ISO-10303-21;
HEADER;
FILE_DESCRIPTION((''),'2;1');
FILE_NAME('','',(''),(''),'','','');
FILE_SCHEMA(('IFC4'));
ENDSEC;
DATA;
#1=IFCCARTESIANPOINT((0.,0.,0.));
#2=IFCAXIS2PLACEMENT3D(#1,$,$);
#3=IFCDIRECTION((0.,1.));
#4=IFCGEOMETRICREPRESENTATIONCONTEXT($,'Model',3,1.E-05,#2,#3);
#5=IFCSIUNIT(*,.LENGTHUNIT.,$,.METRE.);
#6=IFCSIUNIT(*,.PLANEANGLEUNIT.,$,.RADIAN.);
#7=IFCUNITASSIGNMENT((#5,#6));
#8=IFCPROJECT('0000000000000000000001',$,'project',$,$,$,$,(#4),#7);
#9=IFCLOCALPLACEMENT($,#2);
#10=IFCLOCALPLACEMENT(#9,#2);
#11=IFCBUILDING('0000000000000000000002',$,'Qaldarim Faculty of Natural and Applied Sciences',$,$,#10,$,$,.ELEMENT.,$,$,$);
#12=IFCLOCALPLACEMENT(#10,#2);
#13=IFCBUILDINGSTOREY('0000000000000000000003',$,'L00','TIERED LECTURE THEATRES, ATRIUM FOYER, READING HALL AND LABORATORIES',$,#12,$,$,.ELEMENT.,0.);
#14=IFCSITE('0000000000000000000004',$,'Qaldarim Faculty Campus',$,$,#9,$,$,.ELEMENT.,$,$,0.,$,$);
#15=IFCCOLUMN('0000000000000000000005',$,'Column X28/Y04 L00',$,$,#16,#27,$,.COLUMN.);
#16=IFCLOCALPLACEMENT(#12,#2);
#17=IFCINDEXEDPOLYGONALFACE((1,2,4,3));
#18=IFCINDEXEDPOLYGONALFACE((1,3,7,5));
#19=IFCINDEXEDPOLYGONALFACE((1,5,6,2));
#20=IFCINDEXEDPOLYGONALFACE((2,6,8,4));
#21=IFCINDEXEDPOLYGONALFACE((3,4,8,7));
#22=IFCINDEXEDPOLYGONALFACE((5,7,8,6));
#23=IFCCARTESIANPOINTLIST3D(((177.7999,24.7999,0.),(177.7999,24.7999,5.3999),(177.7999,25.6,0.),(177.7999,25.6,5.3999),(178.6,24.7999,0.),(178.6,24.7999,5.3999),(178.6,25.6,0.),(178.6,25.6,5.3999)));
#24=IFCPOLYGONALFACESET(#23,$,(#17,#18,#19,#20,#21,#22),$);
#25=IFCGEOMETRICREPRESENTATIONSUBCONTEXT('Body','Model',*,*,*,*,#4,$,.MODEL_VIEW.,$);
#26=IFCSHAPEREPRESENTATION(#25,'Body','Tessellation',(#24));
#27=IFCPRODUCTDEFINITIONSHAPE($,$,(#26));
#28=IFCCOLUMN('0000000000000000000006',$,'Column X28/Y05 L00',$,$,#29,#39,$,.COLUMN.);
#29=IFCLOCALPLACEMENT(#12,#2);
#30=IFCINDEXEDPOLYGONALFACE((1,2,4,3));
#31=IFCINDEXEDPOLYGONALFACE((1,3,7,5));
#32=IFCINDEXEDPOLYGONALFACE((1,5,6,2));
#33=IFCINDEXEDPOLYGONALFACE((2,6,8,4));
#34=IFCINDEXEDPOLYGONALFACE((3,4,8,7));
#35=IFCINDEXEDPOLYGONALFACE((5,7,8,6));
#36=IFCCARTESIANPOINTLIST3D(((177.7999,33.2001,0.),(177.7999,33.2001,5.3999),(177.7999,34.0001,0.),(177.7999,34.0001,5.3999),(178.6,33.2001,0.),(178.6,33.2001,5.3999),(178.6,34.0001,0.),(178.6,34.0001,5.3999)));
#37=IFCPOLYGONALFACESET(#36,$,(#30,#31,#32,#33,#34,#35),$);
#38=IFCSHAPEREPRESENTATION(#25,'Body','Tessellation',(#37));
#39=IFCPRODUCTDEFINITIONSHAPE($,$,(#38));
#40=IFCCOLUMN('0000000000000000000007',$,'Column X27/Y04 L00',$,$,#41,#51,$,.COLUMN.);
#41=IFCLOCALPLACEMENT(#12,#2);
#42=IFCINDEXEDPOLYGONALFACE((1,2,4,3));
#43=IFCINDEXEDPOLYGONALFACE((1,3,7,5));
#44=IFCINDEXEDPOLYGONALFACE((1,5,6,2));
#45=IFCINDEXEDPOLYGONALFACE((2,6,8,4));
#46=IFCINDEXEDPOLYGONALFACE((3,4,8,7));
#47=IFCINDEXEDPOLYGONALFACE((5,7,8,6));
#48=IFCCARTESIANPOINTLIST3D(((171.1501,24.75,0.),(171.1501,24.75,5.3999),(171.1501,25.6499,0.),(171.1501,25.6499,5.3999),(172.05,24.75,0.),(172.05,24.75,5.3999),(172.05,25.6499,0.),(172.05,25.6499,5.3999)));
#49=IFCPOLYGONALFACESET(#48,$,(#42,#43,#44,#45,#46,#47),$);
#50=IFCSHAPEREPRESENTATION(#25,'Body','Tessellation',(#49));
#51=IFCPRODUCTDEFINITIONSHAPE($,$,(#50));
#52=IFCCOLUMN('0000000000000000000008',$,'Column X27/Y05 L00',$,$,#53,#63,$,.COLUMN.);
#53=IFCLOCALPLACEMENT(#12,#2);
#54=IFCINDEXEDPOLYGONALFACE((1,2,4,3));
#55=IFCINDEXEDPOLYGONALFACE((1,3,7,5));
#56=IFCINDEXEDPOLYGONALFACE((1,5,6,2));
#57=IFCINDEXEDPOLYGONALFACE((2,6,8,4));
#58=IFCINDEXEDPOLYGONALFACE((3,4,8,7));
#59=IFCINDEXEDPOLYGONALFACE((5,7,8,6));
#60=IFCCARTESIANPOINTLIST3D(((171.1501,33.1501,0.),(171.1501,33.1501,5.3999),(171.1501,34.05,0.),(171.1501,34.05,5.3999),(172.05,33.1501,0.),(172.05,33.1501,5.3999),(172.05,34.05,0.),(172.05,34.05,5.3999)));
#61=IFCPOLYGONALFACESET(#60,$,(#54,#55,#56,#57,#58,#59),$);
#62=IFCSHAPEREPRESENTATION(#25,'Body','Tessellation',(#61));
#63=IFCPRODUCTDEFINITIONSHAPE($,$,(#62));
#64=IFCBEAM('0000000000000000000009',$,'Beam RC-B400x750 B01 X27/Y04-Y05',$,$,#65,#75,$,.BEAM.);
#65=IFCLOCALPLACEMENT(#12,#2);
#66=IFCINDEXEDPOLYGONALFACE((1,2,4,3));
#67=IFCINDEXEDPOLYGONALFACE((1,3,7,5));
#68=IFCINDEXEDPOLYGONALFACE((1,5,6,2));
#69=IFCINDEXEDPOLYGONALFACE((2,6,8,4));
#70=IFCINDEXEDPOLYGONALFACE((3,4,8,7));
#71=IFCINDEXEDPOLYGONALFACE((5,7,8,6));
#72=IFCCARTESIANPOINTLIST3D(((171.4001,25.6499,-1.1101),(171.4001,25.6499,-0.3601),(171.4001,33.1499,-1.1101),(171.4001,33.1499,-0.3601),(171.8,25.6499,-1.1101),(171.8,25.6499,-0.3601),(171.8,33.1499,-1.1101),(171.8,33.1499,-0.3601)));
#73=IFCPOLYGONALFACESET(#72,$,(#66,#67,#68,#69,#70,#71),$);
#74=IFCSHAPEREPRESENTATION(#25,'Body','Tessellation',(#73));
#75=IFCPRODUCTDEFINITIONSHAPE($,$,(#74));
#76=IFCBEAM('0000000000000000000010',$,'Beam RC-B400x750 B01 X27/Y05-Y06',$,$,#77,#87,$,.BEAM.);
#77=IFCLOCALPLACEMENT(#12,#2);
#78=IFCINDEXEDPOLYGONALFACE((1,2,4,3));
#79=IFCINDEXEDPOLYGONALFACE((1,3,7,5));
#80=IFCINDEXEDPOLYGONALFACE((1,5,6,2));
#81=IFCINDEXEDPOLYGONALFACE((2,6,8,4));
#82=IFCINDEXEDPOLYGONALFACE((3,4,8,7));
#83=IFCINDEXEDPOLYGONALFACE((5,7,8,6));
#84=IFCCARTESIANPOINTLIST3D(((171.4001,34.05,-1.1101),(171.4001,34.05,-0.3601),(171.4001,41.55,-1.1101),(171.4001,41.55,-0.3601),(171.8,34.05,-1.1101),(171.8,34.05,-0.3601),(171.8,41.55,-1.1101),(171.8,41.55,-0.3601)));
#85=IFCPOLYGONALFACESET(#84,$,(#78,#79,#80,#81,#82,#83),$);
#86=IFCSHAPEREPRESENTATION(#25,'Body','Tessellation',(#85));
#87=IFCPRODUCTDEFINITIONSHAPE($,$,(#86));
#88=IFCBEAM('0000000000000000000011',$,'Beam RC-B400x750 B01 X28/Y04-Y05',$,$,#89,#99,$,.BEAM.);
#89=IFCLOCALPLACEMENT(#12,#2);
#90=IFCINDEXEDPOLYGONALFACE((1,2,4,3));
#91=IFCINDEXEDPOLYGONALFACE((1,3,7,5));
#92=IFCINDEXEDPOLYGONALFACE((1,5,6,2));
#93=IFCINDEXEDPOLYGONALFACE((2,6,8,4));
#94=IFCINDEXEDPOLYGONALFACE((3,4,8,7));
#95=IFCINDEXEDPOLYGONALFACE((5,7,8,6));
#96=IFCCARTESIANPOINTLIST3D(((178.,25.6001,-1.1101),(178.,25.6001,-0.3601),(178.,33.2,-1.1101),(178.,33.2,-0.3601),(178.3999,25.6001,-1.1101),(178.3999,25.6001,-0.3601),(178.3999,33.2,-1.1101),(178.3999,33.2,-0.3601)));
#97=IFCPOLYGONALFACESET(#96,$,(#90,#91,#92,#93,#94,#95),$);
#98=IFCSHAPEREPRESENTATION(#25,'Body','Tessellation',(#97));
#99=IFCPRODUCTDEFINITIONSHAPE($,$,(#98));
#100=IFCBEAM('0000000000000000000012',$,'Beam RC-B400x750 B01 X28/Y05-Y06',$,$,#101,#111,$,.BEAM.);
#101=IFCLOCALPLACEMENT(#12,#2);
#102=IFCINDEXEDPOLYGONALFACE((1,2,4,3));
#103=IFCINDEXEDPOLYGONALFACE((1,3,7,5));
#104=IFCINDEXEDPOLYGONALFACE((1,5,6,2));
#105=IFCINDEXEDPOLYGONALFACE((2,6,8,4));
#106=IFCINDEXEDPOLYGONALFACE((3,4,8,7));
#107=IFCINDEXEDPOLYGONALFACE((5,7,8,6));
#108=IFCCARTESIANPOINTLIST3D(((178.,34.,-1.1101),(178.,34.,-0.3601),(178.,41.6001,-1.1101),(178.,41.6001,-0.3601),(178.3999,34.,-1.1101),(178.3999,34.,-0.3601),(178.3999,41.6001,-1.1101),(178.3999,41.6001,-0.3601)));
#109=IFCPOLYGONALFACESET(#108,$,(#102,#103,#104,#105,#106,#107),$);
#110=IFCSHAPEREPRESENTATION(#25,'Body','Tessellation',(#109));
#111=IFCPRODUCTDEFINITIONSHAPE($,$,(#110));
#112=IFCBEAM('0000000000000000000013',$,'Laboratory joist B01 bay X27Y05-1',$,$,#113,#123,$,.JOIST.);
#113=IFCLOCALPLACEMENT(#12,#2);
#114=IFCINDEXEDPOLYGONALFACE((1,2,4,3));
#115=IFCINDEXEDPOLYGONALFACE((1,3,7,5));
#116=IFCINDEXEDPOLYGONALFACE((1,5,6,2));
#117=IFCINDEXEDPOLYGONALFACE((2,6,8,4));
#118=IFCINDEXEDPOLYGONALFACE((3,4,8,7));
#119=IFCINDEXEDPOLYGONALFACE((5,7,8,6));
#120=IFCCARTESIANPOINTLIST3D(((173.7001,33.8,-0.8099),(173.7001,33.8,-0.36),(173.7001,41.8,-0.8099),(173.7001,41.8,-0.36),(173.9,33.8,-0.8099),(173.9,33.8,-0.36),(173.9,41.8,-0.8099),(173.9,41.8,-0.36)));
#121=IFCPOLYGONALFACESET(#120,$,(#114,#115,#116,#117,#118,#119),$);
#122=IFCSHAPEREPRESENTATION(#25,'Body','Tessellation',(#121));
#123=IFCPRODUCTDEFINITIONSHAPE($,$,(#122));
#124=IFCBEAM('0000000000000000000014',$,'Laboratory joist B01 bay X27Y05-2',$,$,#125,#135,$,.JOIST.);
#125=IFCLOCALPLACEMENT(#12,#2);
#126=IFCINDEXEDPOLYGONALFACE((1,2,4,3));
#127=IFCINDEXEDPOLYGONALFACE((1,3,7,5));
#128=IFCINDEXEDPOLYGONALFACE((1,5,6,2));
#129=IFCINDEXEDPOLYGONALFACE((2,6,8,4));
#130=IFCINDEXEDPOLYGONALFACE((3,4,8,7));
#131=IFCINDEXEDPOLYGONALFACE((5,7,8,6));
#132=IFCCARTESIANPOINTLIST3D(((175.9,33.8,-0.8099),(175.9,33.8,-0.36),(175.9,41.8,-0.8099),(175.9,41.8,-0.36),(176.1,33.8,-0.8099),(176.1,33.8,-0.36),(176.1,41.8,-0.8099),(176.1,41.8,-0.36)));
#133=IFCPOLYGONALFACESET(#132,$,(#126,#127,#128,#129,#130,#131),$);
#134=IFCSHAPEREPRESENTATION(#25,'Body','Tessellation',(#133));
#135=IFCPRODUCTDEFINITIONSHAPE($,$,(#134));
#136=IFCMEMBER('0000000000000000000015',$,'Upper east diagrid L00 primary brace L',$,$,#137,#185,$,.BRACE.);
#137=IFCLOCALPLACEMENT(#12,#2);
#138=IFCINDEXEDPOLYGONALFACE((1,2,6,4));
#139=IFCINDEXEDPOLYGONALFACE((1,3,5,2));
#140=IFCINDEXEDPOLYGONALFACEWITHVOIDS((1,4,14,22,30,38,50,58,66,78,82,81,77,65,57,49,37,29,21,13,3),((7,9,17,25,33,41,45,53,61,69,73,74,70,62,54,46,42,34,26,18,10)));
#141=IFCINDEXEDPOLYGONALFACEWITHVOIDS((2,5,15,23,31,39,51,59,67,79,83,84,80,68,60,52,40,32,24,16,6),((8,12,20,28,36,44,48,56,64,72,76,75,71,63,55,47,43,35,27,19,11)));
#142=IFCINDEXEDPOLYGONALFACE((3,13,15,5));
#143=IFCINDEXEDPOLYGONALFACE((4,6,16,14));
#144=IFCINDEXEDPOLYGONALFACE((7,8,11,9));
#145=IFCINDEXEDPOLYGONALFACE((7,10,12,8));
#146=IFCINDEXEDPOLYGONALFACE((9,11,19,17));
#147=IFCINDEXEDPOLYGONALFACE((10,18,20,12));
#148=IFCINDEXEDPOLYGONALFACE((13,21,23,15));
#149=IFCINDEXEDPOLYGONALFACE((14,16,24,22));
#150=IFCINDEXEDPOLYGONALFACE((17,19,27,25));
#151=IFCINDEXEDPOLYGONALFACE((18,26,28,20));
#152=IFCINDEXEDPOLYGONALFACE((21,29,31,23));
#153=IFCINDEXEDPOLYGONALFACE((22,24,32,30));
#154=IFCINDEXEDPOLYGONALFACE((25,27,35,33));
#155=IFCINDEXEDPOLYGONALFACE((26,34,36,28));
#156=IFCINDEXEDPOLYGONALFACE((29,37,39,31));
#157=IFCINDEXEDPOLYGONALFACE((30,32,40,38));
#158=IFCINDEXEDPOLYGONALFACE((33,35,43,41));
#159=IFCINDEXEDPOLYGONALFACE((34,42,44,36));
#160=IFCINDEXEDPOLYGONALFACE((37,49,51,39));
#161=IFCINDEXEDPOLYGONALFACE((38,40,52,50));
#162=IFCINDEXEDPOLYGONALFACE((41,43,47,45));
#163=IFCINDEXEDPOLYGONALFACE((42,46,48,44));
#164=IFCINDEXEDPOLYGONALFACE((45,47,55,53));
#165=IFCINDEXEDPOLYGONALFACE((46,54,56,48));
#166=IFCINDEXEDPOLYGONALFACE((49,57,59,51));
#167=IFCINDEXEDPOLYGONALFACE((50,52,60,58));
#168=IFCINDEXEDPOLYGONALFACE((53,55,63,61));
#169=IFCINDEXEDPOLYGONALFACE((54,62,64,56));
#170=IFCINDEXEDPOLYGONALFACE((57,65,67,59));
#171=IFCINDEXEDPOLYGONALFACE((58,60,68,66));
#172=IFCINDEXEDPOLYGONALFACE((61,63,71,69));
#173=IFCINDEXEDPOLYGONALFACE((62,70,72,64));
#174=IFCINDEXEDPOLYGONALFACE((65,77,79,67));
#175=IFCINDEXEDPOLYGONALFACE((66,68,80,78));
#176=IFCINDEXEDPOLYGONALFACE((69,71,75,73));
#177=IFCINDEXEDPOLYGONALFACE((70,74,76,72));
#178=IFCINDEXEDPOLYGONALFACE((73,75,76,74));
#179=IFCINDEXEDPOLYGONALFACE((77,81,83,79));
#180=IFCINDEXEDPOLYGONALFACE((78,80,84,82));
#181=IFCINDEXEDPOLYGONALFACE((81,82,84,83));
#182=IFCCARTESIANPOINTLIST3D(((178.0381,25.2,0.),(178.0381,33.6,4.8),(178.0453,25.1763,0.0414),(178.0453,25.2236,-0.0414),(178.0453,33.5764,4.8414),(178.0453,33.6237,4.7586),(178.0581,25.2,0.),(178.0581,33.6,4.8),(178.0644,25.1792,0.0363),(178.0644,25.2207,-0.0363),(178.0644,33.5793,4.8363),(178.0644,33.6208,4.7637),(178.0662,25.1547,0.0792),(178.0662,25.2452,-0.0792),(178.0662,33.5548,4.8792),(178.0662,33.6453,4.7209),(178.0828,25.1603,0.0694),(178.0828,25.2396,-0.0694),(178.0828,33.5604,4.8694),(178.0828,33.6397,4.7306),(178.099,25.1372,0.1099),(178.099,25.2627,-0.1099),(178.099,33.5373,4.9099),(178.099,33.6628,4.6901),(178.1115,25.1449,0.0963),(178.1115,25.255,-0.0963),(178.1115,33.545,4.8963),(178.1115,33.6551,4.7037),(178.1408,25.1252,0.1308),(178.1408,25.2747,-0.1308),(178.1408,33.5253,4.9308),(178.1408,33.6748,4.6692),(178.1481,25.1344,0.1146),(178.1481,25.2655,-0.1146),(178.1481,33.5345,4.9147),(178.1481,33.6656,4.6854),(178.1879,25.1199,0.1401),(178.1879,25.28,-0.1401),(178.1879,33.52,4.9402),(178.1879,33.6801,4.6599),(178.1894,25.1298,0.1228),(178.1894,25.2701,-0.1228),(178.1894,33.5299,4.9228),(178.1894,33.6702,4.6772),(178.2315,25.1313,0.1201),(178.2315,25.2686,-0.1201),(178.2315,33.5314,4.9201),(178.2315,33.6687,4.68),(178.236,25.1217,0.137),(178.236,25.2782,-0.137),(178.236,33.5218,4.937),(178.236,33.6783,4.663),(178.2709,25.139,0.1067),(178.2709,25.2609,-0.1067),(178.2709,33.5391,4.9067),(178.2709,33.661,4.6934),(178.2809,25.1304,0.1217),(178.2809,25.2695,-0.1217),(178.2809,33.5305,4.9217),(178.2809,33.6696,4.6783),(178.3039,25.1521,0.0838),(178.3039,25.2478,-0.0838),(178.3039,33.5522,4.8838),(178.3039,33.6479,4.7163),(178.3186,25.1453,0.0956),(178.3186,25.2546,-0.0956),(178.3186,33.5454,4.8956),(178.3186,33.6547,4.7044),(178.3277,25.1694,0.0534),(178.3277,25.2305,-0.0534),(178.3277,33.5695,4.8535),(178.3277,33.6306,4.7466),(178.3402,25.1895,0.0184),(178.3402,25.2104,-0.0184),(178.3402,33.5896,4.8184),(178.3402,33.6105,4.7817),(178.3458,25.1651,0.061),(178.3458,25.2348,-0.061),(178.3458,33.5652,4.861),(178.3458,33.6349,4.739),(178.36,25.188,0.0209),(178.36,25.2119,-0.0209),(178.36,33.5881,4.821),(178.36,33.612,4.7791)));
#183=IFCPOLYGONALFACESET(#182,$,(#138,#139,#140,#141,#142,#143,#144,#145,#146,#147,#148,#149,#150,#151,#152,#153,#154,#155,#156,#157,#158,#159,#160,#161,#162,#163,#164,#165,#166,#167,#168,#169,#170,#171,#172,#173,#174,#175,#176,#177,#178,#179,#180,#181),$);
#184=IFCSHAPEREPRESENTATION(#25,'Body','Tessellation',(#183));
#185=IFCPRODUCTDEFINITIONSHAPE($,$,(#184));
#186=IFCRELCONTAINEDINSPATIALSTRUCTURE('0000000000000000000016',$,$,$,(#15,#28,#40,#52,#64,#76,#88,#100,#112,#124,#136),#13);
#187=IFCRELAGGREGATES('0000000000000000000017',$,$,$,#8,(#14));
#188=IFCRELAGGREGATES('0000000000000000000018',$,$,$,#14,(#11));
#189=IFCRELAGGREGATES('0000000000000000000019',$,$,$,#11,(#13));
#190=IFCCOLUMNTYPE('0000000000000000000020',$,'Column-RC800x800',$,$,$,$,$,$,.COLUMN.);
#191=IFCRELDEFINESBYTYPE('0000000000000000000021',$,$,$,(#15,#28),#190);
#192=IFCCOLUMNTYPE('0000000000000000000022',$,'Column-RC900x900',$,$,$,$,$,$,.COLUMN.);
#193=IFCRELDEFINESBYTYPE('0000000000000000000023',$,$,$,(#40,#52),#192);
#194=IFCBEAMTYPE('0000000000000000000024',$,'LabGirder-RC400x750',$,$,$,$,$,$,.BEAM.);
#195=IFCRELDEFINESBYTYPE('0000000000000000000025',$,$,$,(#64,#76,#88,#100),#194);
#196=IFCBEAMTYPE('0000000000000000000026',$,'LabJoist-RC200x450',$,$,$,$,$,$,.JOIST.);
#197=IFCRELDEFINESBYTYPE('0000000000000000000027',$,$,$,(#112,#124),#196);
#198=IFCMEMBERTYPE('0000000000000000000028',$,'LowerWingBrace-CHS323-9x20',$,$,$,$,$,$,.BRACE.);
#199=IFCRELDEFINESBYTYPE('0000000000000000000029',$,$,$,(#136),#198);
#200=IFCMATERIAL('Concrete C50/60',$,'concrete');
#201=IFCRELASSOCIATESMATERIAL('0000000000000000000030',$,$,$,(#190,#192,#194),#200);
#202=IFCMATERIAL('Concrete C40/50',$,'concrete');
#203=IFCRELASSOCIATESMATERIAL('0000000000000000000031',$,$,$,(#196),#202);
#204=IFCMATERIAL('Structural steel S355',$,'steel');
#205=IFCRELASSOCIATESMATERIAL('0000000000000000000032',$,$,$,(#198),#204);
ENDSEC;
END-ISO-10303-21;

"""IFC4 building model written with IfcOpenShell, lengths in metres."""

from ifc_helpers import new_model, si_unit, direction, frame, origin, origin_2d, place, context, subcontext, project, spatial, rectangle, hollow_circle, extrude, material, material_profile, profile_set, type_object, element, save


model = new_model("IFC4")

# Units and contexts
model_context = context("Model", 3, precision=1e-05, world=origin(), true_north=direction((0.0, 1.0)))
body_context = subcontext(model_context, "Body", "Model", "MODEL_VIEW")
ifc_project = project(units=[si_unit("LENGTHUNIT", "METRE"), si_unit("PLANEANGLEUNIT", "RADIAN")], contexts=[model_context])

# Site, building, storey
site_placement = place(None, origin())
site = spatial("IfcSite", under=ifc_project, at=site_placement, Name="Qaldarim Faculty Campus", CompositionType="ELEMENT", RefElevation=0.0)
building_placement = place(site_placement, origin())
building = spatial("IfcBuilding", under=site, at=building_placement, Name="Qaldarim Faculty of Natural and Applied Sciences", CompositionType="ELEMENT")
storey_placement = place(building_placement, origin())
storey = spatial("IfcBuildingStorey", under=building, at=storey_placement, Name="L00", Description="TIERED LECTURE THEATRES, ATRIUM FOYER, READING HALL AND LABORATORIES", CompositionType="ELEMENT", Elevation=0.0)

# Columns
ifc_material_1 = material(Name="Concrete C50/60", Category="concrete")
ifc_material_profile_1 = material_profile(ifc_material_1, rectangle(XDim=0.8, YDim=0.8, at=origin_2d()), Name="RC-C800x800")
ifc_profile_set_1 = profile_set([ifc_material_profile_1], Name="Concrete C50/60")
column_type_1 = type_object("IfcColumnType", Name="Column-RC800x800", PredefinedType="COLUMN", material=ifc_profile_set_1)
for number, where, z_axis, x_axis, name in (
    (1, (178.2, 25.2, 0.0), (0.0, 0.0, 1.0), (1.0, 0.0, 0.0), "Column X28/Y04 L00"),
    (2, (178.2, 33.6001, 0.0), (0.0, 0.0, 1.0), (1.0, 0.0, 0.0), "Column X28/Y05 L00"),
):
    element("IfcColumn", number, at=place(storey_placement, frame(where, z_axis=z_axis, x_axis=x_axis)), inside=storey, type_object=column_type_1, Name=name, PredefinedType="COLUMN", context=body_context, shape_type="SweptSolid", body=[
        extrude(rectangle(XDim=0.8, YDim=0.8, at=origin_2d()), origin(), (0.0, 0.0, 1.0), 5.3999),
    ])
ifc_material_profile_2 = material_profile(ifc_material_1, rectangle(XDim=0.8999, YDim=0.8999, at=origin_2d()), Name="RC-C900x900")
ifc_profile_set_2 = profile_set([ifc_material_profile_2], Name="Concrete C50/60")
column_type_2 = type_object("IfcColumnType", Name="Column-RC900x900", PredefinedType="COLUMN", material=ifc_profile_set_2)
for number, where, z_axis, x_axis, name in (
    (3, (171.6001, 25.2, 0.0), (0.0, 0.0, 1.0), (1.0, 0.0, 0.0), "Column X27/Y04 L00"),
    (4, (171.6001, 33.6001, 0.0), (0.0, 0.0, 1.0), (1.0, 0.0, 0.0), "Column X27/Y05 L00"),
):
    element("IfcColumn", number, at=place(storey_placement, frame(where, z_axis=z_axis, x_axis=x_axis)), inside=storey, type_object=column_type_2, Name=name, PredefinedType="COLUMN", context=body_context, shape_type="SweptSolid", body=[
        extrude(rectangle(XDim=0.8999, YDim=0.8999, at=origin_2d()), origin(), (0.0, 0.0, 1.0), 5.3999),
    ])

# Beams
ifc_material_profile_3 = material_profile(ifc_material_1, rectangle(XDim=0.3999, YDim=0.75, at=origin_2d()), Name="RC-B400x750")
ifc_profile_set_3 = profile_set([ifc_material_profile_3], Name="Concrete C50/60")
beam_type_1 = type_object("IfcBeamType", Name="LabGirder-RC400x750", PredefinedType="BEAM", material=ifc_profile_set_3)
for number, where, z_axis, x_axis, name in (
    (5, (171.6001, 25.6499, -0.7351), (0.0, 1.0, 0.0), (-1.0, 0.0, 0.0), "Beam RC-B400x750 B01 X27/Y04-Y05"),
    (6, (171.6001, 34.05, -0.7351), (0.0, 1.0, 0.0), (-1.0, 0.0, 0.0), "Beam RC-B400x750 B01 X27/Y05-Y06"),
):
    element("IfcBeam", number, at=place(storey_placement, frame(where, z_axis=z_axis, x_axis=x_axis)), inside=storey, type_object=beam_type_1, Name=name, PredefinedType="BEAM", context=body_context, shape_type="SweptSolid", body=[
        extrude(rectangle(XDim=0.3999, YDim=0.75, at=origin_2d()), origin(), (0.0, 0.0, 1.0), 7.5),
    ])
beam_1_placement = place(storey_placement, frame((178.2, 25.6001, -0.7351), z_axis=(0.0, 1.0, 0.0), x_axis=(-1.0, 0.0, 0.0)))
element("IfcBeam", 7, at=beam_1_placement, inside=storey, type_object=beam_type_1, Name="Beam RC-B400x750 B01 X28/Y04-Y05", PredefinedType="BEAM", context=body_context, shape_type="SweptSolid", body=[
    extrude(rectangle(XDim=0.3999, YDim=0.75, at=origin_2d()), origin(), (0.0, 0.0, 1.0), 7.5999),
])
beam_2_placement = place(storey_placement, frame((178.2, 34.0, -0.7351), z_axis=(0.0, 1.0, 0.0), x_axis=(-1.0, 0.0, 0.0)))
element("IfcBeam", 8, at=beam_2_placement, inside=storey, type_object=beam_type_1, Name="Beam RC-B400x750 B01 X28/Y05-Y06", PredefinedType="BEAM", context=body_context, shape_type="SweptSolid", body=[
    extrude(rectangle(XDim=0.3999, YDim=0.75, at=origin_2d()), origin(), (0.0, 0.0, 1.0), 7.6001),
])
ifc_material_2 = material(Name="Concrete C40/50", Category="concrete")
ifc_material_profile_4 = material_profile(ifc_material_2, rectangle(XDim=0.2, YDim=0.45, at=origin_2d()), Name="RC-J200x450")
ifc_profile_set_4 = profile_set([ifc_material_profile_4], Name="Concrete C40/50")
beam_type_2 = type_object("IfcBeamType", Name="LabJoist-RC200x450", PredefinedType="JOIST", material=ifc_profile_set_4)
for number, where, z_axis, x_axis, name in (
    (9, (173.8, 33.8, -0.585), (0.0, 1.0, 0.0), (-1.0, 0.0, 0.0), "Laboratory joist B01 bay X27Y05-1"),
    (10, (176.0, 33.8, -0.585), (0.0, 1.0, 0.0), (-1.0, 0.0, 0.0), "Laboratory joist B01 bay X27Y05-2"),
):
    element("IfcBeam", number, at=place(storey_placement, frame(where, z_axis=z_axis, x_axis=x_axis)), inside=storey, type_object=beam_type_2, Name=name, PredefinedType="JOIST", context=body_context, shape_type="SweptSolid", body=[
        extrude(rectangle(XDim=0.2, YDim=0.45, at=origin_2d()), origin(), (0.0, 0.0, 1.0), 8.0),
    ])

# Member
ifc_material_3 = material(Name="Structural steel S355", Category="steel")
ifc_material_profile_5 = material_profile(ifc_material_3, hollow_circle(Radius=0.1619, WallThickness=0.02, at=origin_2d()), Name="CHS 323.9x20.0")
ifc_profile_set_5 = profile_set([ifc_material_profile_5], Name="Structural steel S355")
member_type_1 = type_object("IfcMemberType", Name="LowerWingBrace-CHS323-9x20", PredefinedType="BRACE", material=ifc_profile_set_5)
member_1_placement = place(storey_placement, frame((178.2, 25.2, 0.0), z_axis=(0.0, 0.868245, 0.496136), x_axis=(-1.0, 0.0, 0.0)))
element("IfcMember", 11, at=member_1_placement, inside=storey, type_object=member_type_1, Name="Upper east diagrid L00 primary brace L", PredefinedType="BRACE", context=body_context, shape_type="SweptSolid", body=[
    extrude(hollow_circle(Radius=0.1619, WallThickness=0.02, at=origin_2d()), origin(), (0.0, 0.0, 1.0), 9.6748),
])

save(model, "model.ifc")
